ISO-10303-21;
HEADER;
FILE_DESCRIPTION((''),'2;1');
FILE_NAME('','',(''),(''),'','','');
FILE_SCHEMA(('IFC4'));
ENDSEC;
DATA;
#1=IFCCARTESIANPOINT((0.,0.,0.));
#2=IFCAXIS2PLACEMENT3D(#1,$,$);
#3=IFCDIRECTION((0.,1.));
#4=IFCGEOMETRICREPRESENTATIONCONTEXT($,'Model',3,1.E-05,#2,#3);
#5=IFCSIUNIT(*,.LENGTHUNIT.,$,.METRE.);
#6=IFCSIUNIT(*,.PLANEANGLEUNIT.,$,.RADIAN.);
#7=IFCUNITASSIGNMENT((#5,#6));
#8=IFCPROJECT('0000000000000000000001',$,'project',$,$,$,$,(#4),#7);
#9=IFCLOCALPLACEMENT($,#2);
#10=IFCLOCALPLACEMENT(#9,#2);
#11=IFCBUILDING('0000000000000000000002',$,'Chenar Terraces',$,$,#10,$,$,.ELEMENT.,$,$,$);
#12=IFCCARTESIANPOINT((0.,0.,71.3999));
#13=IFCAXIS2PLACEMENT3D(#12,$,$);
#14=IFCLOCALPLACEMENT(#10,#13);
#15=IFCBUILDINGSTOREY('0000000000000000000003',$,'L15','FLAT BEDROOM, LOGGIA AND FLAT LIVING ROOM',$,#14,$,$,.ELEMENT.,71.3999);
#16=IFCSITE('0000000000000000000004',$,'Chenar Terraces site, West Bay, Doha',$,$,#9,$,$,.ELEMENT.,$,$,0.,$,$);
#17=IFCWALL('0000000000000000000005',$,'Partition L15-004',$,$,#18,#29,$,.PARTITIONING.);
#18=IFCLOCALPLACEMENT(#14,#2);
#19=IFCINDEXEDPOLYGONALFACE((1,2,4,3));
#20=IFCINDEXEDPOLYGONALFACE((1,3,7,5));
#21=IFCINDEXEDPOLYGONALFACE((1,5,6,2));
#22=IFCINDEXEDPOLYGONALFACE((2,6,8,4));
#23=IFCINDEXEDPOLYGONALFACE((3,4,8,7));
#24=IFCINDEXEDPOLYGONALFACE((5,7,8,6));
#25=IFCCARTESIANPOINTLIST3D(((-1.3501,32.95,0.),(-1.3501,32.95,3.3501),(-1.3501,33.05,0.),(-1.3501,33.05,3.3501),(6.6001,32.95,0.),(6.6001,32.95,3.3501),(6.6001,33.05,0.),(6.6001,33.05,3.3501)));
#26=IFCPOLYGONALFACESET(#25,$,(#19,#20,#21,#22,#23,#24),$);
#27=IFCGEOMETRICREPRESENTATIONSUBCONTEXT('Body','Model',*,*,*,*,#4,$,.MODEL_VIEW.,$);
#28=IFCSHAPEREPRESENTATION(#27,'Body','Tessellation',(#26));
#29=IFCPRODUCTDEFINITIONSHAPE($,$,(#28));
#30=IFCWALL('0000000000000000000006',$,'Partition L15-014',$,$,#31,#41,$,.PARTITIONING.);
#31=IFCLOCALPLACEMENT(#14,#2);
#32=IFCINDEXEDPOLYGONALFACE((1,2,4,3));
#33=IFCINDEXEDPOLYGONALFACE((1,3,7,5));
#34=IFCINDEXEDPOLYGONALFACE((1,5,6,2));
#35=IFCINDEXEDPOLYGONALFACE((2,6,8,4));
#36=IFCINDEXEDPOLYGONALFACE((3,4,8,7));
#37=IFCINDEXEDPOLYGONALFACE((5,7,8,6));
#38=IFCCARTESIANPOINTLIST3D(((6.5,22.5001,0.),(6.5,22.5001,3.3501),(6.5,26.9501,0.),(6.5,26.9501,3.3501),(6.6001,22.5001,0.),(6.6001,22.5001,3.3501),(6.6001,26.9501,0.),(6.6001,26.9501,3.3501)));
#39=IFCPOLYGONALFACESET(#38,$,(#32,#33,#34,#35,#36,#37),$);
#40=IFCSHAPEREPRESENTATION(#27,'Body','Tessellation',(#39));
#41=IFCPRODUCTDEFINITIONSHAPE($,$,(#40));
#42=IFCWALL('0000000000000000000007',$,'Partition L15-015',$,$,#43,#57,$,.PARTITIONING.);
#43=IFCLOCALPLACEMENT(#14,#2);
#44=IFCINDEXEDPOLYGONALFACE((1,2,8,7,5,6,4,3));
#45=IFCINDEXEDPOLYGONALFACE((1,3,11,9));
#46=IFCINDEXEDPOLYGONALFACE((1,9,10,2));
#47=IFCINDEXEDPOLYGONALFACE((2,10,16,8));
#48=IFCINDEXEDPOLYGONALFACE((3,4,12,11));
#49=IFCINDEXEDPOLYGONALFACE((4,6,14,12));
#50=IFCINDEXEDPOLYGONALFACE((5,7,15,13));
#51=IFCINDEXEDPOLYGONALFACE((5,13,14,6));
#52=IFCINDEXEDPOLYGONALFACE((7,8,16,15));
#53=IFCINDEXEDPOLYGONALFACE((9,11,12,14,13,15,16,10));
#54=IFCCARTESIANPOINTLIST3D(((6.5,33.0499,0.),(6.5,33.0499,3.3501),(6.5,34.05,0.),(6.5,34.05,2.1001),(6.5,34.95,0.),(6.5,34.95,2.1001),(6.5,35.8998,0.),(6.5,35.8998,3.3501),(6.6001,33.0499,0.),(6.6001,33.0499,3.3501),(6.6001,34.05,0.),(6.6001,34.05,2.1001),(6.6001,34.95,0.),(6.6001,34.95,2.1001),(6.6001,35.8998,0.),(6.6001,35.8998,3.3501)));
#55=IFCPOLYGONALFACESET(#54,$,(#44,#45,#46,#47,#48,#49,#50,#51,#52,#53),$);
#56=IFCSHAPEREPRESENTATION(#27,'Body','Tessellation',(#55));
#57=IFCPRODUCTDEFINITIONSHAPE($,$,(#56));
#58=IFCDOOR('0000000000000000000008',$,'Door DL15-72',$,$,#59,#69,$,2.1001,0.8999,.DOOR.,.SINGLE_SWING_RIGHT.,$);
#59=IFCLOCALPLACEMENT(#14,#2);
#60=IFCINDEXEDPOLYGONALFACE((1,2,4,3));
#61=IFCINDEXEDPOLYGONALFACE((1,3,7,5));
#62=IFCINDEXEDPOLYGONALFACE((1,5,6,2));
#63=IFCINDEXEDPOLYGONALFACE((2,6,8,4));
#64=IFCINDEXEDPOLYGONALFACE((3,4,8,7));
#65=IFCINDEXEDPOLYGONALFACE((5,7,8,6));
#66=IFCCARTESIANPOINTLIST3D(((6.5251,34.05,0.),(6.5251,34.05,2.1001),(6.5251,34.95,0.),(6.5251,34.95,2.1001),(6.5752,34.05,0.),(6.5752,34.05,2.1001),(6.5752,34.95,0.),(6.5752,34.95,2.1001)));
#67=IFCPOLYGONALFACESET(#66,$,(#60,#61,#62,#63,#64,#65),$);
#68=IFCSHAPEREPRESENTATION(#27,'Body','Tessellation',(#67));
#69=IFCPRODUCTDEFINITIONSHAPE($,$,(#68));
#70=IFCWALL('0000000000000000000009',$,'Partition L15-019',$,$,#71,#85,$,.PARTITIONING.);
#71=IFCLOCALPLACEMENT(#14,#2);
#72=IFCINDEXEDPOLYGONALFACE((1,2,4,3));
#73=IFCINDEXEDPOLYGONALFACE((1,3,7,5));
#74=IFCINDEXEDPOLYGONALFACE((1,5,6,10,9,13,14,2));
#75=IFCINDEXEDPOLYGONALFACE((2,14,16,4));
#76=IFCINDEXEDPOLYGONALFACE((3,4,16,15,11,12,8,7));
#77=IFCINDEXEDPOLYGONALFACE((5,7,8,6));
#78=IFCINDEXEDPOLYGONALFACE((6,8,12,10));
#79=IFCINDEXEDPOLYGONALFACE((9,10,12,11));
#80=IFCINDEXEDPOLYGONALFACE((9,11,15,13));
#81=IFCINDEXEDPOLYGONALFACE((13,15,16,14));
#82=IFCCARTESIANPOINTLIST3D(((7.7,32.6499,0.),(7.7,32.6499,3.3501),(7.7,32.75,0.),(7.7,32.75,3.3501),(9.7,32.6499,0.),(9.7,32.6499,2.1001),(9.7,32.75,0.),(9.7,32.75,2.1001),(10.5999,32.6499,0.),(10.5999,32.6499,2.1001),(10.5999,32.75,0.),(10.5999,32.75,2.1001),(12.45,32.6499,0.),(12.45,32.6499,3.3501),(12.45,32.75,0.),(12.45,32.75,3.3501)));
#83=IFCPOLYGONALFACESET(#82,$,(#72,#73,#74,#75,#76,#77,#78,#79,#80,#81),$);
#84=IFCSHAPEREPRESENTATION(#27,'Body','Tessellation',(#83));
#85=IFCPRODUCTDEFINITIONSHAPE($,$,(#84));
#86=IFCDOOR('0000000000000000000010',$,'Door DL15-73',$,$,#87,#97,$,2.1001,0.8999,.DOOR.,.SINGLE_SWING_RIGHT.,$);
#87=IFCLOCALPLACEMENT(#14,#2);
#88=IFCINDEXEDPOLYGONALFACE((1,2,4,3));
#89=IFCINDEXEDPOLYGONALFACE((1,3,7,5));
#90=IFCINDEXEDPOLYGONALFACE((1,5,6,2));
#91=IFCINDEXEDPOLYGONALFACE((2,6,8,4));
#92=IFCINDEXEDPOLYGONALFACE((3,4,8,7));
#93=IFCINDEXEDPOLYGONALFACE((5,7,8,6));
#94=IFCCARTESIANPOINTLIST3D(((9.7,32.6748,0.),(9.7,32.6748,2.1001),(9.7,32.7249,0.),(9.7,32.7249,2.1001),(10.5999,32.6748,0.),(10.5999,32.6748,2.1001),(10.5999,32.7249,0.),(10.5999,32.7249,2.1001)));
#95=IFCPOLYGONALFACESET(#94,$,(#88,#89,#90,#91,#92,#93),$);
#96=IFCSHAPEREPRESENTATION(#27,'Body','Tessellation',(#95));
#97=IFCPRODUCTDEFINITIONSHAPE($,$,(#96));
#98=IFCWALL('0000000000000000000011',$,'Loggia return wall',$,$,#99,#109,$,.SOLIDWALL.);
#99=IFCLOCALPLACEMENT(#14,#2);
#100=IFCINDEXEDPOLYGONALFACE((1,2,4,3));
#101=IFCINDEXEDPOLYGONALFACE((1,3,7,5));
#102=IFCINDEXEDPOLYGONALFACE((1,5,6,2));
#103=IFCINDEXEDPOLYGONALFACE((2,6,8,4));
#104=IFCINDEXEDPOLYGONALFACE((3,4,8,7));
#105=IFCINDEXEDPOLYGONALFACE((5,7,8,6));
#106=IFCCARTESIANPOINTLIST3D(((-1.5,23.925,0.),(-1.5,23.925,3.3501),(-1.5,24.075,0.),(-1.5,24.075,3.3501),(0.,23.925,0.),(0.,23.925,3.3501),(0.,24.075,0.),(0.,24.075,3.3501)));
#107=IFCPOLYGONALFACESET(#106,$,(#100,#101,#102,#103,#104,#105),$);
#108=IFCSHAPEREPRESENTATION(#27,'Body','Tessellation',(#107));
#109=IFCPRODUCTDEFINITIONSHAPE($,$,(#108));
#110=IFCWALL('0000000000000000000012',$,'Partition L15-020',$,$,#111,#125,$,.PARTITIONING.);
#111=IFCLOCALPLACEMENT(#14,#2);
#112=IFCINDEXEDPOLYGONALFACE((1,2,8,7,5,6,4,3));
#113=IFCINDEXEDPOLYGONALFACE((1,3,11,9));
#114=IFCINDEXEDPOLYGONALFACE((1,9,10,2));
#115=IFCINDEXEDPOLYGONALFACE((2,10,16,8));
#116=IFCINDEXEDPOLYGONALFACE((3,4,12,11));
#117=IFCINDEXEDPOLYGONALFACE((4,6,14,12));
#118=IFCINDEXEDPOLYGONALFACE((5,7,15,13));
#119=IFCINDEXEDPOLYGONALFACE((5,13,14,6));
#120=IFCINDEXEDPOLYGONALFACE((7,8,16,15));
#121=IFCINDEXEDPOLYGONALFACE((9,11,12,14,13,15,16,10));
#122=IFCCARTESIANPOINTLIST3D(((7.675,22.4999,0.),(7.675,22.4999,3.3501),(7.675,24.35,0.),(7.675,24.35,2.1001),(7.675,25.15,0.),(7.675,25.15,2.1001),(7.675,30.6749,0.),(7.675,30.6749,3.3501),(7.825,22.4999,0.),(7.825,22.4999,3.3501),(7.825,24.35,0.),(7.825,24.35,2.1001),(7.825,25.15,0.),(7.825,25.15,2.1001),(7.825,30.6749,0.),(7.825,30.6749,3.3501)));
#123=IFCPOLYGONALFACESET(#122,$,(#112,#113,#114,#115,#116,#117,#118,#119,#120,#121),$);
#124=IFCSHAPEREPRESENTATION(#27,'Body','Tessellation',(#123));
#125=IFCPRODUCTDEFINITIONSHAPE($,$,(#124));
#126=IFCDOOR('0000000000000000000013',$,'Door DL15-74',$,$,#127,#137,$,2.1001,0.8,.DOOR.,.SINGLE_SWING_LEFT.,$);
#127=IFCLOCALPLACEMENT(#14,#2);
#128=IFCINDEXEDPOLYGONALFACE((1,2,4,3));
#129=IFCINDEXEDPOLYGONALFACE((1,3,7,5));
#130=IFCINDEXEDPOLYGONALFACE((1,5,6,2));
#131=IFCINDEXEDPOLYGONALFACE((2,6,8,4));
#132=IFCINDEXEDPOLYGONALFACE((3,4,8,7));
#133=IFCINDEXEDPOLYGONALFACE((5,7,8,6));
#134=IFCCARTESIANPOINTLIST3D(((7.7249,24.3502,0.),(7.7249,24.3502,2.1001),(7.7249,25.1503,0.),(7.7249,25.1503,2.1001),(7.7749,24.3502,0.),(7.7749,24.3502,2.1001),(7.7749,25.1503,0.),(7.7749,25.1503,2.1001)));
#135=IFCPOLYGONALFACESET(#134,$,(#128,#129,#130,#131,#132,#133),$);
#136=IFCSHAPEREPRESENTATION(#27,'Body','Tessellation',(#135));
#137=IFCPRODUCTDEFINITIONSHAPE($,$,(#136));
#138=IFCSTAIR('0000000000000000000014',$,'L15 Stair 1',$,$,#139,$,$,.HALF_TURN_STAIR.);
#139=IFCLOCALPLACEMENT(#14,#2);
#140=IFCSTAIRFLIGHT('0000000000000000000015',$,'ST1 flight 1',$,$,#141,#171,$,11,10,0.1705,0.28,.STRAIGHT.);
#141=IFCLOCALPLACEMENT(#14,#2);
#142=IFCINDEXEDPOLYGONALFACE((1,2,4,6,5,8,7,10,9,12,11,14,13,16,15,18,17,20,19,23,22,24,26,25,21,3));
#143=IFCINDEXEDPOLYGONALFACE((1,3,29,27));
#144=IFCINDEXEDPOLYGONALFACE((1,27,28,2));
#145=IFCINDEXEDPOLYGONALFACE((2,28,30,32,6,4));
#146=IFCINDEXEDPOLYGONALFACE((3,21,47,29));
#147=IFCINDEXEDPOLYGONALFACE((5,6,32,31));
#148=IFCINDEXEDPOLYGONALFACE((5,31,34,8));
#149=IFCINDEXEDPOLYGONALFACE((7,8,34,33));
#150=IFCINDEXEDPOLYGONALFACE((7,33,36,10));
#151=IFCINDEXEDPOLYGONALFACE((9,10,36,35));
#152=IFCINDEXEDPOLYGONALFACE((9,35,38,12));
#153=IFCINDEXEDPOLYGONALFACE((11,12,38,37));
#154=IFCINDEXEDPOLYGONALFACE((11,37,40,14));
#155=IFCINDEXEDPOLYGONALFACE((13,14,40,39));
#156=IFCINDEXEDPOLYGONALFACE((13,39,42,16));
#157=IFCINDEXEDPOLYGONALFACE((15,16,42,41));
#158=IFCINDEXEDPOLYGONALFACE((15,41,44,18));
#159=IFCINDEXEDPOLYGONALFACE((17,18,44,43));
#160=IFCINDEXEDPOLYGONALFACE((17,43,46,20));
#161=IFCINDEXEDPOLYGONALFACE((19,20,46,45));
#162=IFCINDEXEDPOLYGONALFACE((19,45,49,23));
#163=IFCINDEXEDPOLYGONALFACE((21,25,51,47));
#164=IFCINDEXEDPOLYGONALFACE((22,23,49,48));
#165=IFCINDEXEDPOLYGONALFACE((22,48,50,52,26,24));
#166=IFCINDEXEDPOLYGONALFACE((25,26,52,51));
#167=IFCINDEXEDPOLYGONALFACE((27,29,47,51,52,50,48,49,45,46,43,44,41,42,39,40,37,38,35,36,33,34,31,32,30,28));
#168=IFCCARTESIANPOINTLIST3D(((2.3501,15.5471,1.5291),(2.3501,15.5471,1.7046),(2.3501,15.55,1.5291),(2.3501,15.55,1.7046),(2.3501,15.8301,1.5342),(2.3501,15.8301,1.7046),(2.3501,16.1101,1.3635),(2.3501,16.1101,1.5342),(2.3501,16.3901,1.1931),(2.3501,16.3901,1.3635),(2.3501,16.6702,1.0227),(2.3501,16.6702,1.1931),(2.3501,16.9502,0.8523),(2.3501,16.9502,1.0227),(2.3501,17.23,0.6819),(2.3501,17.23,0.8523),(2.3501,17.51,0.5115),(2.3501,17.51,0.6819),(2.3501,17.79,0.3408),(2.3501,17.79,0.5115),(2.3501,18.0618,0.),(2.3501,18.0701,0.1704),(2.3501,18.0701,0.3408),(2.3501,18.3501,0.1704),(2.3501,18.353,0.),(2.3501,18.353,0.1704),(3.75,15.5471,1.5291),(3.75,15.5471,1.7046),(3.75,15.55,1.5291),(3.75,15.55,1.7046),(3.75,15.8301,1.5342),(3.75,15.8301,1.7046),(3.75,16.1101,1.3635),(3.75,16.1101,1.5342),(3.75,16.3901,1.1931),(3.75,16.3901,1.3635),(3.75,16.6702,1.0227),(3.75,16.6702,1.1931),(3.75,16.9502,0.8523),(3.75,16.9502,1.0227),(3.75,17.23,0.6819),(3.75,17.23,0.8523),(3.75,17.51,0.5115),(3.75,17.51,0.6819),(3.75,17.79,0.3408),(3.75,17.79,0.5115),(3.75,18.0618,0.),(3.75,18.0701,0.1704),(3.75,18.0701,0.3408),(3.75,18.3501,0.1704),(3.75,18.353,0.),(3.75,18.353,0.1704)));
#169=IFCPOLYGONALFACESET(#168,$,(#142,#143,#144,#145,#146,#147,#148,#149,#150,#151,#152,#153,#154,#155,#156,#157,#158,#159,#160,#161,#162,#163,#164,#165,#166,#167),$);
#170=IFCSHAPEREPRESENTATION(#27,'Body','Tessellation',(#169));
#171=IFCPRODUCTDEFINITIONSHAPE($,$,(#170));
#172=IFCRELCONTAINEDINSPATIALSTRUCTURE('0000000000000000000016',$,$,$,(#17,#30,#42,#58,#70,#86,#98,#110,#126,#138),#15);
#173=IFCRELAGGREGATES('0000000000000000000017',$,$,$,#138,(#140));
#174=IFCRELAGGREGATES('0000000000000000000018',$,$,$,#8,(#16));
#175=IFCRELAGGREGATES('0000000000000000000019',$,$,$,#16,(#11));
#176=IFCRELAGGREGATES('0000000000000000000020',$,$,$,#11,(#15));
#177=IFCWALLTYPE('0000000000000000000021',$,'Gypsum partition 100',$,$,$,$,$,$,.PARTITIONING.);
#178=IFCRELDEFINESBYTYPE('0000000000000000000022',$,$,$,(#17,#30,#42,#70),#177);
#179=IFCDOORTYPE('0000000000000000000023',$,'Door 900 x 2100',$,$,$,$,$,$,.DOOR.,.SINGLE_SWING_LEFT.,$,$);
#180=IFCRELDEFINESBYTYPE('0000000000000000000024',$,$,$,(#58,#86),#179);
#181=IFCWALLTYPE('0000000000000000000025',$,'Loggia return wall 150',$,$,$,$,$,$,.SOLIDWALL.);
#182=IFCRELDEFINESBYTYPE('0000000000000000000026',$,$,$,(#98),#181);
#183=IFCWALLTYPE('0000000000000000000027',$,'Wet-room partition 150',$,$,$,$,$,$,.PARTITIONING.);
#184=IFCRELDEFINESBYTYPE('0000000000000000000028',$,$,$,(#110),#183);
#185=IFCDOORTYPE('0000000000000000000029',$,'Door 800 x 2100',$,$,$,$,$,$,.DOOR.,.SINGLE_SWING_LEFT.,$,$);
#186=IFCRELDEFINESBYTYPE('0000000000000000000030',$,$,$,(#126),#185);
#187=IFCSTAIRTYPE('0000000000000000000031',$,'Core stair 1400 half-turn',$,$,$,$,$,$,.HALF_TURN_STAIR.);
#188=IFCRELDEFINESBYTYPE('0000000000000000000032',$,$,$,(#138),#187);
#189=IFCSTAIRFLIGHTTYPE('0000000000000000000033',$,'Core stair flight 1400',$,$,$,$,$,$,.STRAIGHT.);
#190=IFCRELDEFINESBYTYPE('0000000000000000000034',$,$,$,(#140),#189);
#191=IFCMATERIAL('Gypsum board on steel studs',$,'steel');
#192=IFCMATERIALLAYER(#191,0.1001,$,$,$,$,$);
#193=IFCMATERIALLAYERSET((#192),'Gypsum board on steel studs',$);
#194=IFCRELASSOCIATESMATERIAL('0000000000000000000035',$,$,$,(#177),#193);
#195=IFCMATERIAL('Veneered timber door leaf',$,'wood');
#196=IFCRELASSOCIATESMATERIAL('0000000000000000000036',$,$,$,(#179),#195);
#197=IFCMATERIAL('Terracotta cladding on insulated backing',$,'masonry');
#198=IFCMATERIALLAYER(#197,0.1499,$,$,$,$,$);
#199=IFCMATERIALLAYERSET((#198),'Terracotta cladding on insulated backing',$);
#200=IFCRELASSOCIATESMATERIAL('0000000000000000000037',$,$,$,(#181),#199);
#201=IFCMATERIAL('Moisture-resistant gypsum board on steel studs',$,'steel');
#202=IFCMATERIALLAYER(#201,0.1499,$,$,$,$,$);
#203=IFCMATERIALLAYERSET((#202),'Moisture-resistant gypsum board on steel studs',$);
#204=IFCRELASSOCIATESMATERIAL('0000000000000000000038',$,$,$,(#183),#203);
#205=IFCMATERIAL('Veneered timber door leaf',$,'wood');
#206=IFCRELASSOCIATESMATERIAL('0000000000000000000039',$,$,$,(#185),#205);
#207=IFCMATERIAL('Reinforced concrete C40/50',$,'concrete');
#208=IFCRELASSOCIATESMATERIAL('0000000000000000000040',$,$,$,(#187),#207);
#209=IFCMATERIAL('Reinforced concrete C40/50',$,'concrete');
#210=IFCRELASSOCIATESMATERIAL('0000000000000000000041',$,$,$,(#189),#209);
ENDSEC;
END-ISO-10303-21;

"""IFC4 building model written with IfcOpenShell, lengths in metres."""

from ifc_helpers import new_model, si_unit, direction, frame, frame_2d, origin, place, context, subcontext, project, spatial, polyline, rectangle, outline, extrude, material, layer, layer_set, type_object, element, fill, aggregate, save


model = new_model("IFC4")

# Units and contexts
model_context = context("Model", 3, precision=1e-05, world=origin(), true_north=direction((0.0, 1.0)))
body_context = subcontext(model_context, "Body", "Model", "MODEL_VIEW")
ifc_project = project(units=[si_unit("LENGTHUNIT", "METRE"), si_unit("PLANEANGLEUNIT", "RADIAN")], contexts=[model_context])

# Site, building, storey
site_placement = place(None, origin())
site = spatial("IfcSite", under=ifc_project, at=site_placement, Name="Chenar Terraces site, West Bay, Doha", CompositionType="ELEMENT", RefElevation=0.0)
building_placement = place(site_placement, origin())
building = spatial("IfcBuilding", under=site, at=building_placement, Name="Chenar Terraces", CompositionType="ELEMENT")
storey_placement = place(building_placement, frame((0.0, 0.0, 71.3999)))
storey = spatial("IfcBuildingStorey", under=building, at=storey_placement, Name="L15", Description="FLAT BEDROOM, LOGGIA AND FLAT LIVING ROOM", CompositionType="ELEMENT", Elevation=71.3999)

# Shared definitions
ifc_material_1 = material(Name="Gypsum board on steel studs", Category="steel")
ifc_layer_1 = layer(ifc_material_1, 0.1001)
ifc_layer_set_1 = layer_set([ifc_layer_1], Name="Gypsum board on steel studs")
wall_type_1 = type_object("IfcWallType", Name="Gypsum partition 100", PredefinedType="PARTITIONING", material=ifc_layer_set_1)
ifc_material_2 = material(Name="Veneered timber door leaf", Category="wood")
door_type_1 = type_object("IfcDoorType", Name="Door 900 x 2100", OperationType="SINGLE_SWING_LEFT", PredefinedType="DOOR", material=ifc_material_2)

# Walls
wall_1_placement = place(storey_placement, frame((-1.3501, 33.0, 0.0), z_axis=(0.0, 0.0, 1.0), x_axis=(1.0, 0.0, 0.0)))
element("IfcWall", 1, at=wall_1_placement, inside=storey, type_object=wall_type_1, Name="Partition L15-004", PredefinedType="PARTITIONING", context=body_context, shape_type="SweptSolid", body=[
    extrude(rectangle(XDim=7.9502, YDim=0.1001, at=frame_2d((3.9751, 0.0))), origin(), (0.0, 0.0, 1.0), 3.3501),
])
wall_2_placement = place(storey_placement, frame((6.55, 22.5, 0.0), z_axis=(0.0, 0.0, 1.0), x_axis=(0.0, 1.0, 0.0)))
element("IfcWall", 2, at=wall_2_placement, inside=storey, type_object=wall_type_1, Name="Partition L15-014", PredefinedType="PARTITIONING", context=body_context, shape_type="SweptSolid", body=[
    extrude(rectangle(XDim=4.45, YDim=0.1001, at=frame_2d((2.2251, 0.0))), origin(), (0.0, 0.0, 1.0), 3.3501),
])

# Walls, openings, doors
wall_3_placement = place(storey_placement, frame((6.55, 33.05, 0.0), z_axis=(0.0, 0.0, 1.0), x_axis=(0.0, 1.0, 0.0)))
wall_3 = element("IfcWall", 3, at=wall_3_placement, inside=storey, type_object=wall_type_1, Name="Partition L15-015", PredefinedType="PARTITIONING", context=body_context, shape_type="SweptSolid", body=[
    extrude(rectangle(XDim=2.8499, YDim=0.1001, at=frame_2d((1.4248, 0.0))), origin(), (0.0, 0.0, 1.0), 3.3501),
])
opening_1_placement = place(wall_3_placement, frame((1.0, 0.0, 0.0)))
opening_1 = element("IfcOpeningElement", 4, at=opening_1_placement, cuts=wall_3, PredefinedType="OPENING", context=body_context, shape_type="SweptSolid", body=[
    extrude(rectangle(XDim=0.8999, YDim=2.1001, at=frame_2d((0.45, 1.05))), frame((0.0, 0.0601, 0.0), z_axis=(0.0, -1.0, 0.0), x_axis=(1.0, 0.0, 0.0)), (0.0, 0.0, 1.0), 0.1201),
])
door_1_placement = place(opening_1_placement, origin())
door_1 = element("IfcDoor", 5, at=door_1_placement, inside=storey, type_object=door_type_1, Name="Door DL15-72", OperationType="SINGLE_SWING_RIGHT", OverallHeight=2.1001, OverallWidth=0.8999, PredefinedType="DOOR", context=body_context, shape_type="SweptSolid", body=[
    extrude(rectangle(XDim=0.8999, YDim=2.1001, at=frame_2d((0.45, 1.05))), frame((0.0, 0.0249, 0.0), z_axis=(0.0, -1.0, 0.0), x_axis=(1.0, 0.0, 0.0)), (0.0, 0.0, 1.0), 0.05),
])
fill(opening_1, door_1)
wall_4_placement = place(storey_placement, frame((7.7, 32.7, 0.0), z_axis=(0.0, 0.0, 1.0), x_axis=(1.0, 0.0, 0.0)))
wall_4 = element("IfcWall", 6, at=wall_4_placement, inside=storey, type_object=wall_type_1, Name="Partition L15-019", PredefinedType="PARTITIONING", context=body_context, shape_type="SweptSolid", body=[
    extrude(rectangle(XDim=4.75, YDim=0.1001, at=frame_2d((2.375, 0.0))), origin(), (0.0, 0.0, 1.0), 3.3501),
])
opening_2_placement = place(wall_4_placement, frame((2.0, 0.0, 0.0)))
opening_2 = element("IfcOpeningElement", 7, at=opening_2_placement, cuts=wall_4, PredefinedType="OPENING", context=body_context, shape_type="SweptSolid", body=[
    extrude(rectangle(XDim=0.8999, YDim=2.1001, at=frame_2d((0.45, 1.05))), frame((0.0, 0.0601, 0.0), z_axis=(0.0, -1.0, 0.0), x_axis=(1.0, 0.0, 0.0)), (0.0, 0.0, 1.0), 0.1201),
])
door_2_placement = place(opening_2_placement, origin())
door_2 = element("IfcDoor", 8, at=door_2_placement, inside=storey, type_object=door_type_1, Name="Door DL15-73", OperationType="SINGLE_SWING_RIGHT", OverallHeight=2.1001, OverallWidth=0.8999, PredefinedType="DOOR", context=body_context, shape_type="SweptSolid", body=[
    extrude(rectangle(XDim=0.8999, YDim=2.1001, at=frame_2d((0.45, 1.05))), frame((0.0, 0.0249, 0.0), z_axis=(0.0, -1.0, 0.0), x_axis=(1.0, 0.0, 0.0)), (0.0, 0.0, 1.0), 0.05),
])
fill(opening_2, door_2)

# Wall
ifc_material_3 = material(Name="Terracotta cladding on insulated backing", Category="masonry")
ifc_layer_2 = layer(ifc_material_3, 0.1499)
ifc_layer_set_2 = layer_set([ifc_layer_2], Name="Terracotta cladding on insulated backing")
wall_type_2 = type_object("IfcWallType", Name="Loggia return wall 150", PredefinedType="SOLIDWALL", material=ifc_layer_set_2)
wall_5_placement = place(storey_placement, frame((-1.5, 24.0, 0.0), z_axis=(0.0, 0.0, 1.0), x_axis=(1.0, 0.0, 0.0)))
element("IfcWall", 9, at=wall_5_placement, inside=storey, type_object=wall_type_2, Name="Loggia return wall", PredefinedType="SOLIDWALL", context=body_context, shape_type="SweptSolid", body=[
    extrude(rectangle(XDim=1.5, YDim=0.1499, at=frame_2d((0.75, 0.0))), origin(), (0.0, 0.0, 1.0), 3.3501),
])

# Wall, opening, door
ifc_material_4 = material(Name="Moisture-resistant gypsum board on steel studs", Category="steel")
ifc_layer_3 = layer(ifc_material_4, 0.1499)
ifc_layer_set_3 = layer_set([ifc_layer_3], Name="Moisture-resistant gypsum board on steel studs")
wall_type_3 = type_object("IfcWallType", Name="Wet-room partition 150", PredefinedType="PARTITIONING", material=ifc_layer_set_3)
wall_6_placement = place(storey_placement, frame((7.75, 22.5, 0.0), z_axis=(0.0, 0.0, 1.0), x_axis=(0.0, 1.0, 0.0)))
wall_6 = element("IfcWall", 10, at=wall_6_placement, inside=storey, type_object=wall_type_3, Name="Partition L15-020", PredefinedType="PARTITIONING", context=body_context, shape_type="SweptSolid", body=[
    extrude(rectangle(XDim=8.175, YDim=0.1499, at=frame_2d((4.0874, 0.0))), origin(), (0.0, 0.0, 1.0), 3.3501),
])
opening_3_placement = place(wall_6_placement, frame((1.8501, 0.0, 0.0)))
opening_3 = element("IfcOpeningElement", 11, at=opening_3_placement, cuts=wall_6, PredefinedType="OPENING", context=body_context, shape_type="SweptSolid", body=[
    extrude(rectangle(XDim=0.8, YDim=2.1001, at=frame_2d((0.3999, 1.05))), frame((0.0, 0.085, 0.0), z_axis=(0.0, -1.0, 0.0), x_axis=(1.0, 0.0, 0.0)), (0.0, 0.0, 1.0), 0.1699),
])
ifc_material_5 = material(Name="Veneered timber door leaf", Category="wood")
door_type_2 = type_object("IfcDoorType", Name="Door 800 x 2100", OperationType="SINGLE_SWING_LEFT", PredefinedType="DOOR", material=ifc_material_5)
door_3_placement = place(opening_3_placement, frame((0.8, 0.0, 0.0), z_axis=(0.0, 0.0, 1.0), x_axis=(-1.0, 0.0, 0.0)))
door_3 = element("IfcDoor", 12, at=door_3_placement, inside=storey, type_object=door_type_2, Name="Door DL15-74", OperationType="SINGLE_SWING_LEFT", OverallHeight=2.1001, OverallWidth=0.8, PredefinedType="DOOR", context=body_context, shape_type="SweptSolid", body=[
    extrude(rectangle(XDim=0.8, YDim=2.1001, at=frame_2d((0.3999, 1.05))), frame((0.0, 0.0249, 0.0), z_axis=(0.0, -1.0, 0.0), x_axis=(1.0, 0.0, 0.0)), (0.0, 0.0, 1.0), 0.05),
])
fill(opening_3, door_3)

# Stair, stair flight
ifc_material_6 = material(Name="Reinforced concrete C40/50", Category="concrete")
stair_type = type_object("IfcStairType", Name="Core stair 1400 half-turn", PredefinedType="HALF_TURN_STAIR", material=ifc_material_6)
stair_placement = place(storey_placement, origin())
stair = element("IfcStair", 13, at=stair_placement, inside=storey, type_object=stair_type, Name="L15 Stair 1", PredefinedType="HALF_TURN_STAIR")
ifc_material_7 = material(Name="Reinforced concrete C40/50", Category="concrete")
stair_flight_type = type_object("IfcStairFlightType", Name="Core stair flight 1400", PredefinedType="STRAIGHT", material=ifc_material_7)
stair_flight_1_placement = place(storey_placement, frame((3.05, 18.3501, 0.0), z_axis=(0.0, 0.0, 1.0), x_axis=(0.0, -1.0, 0.0)))
stair_flight_1 = element("IfcStairFlight", 14, at=stair_flight_1_placement, type_object=stair_flight_type, Name="ST1 flight 1", NumberOfRisers=11, NumberOfTreads=10, PredefinedType="STRAIGHT", RiserHeight=0.1705, TreadLength=0.28, context=body_context, shape_type="SweptSolid", body=[
    extrude(outline(polyline([(-0.0029, 0.0), (-0.0029, 0.1704), (0.0, 0.1704), (0.28, 0.1704), (0.28, 0.3408), (0.5601, 0.3408), (0.5601, 0.5115), (0.8401, 0.5115), (0.8401, 0.6819), (1.1201, 0.6819), (1.1201, 0.8523), (1.3999, 0.8523), (1.3999, 1.0227), (1.6799, 1.0227), (1.6799, 1.1931), (1.96, 1.1931), (1.96, 1.3635), (2.24, 1.3635), (2.24, 1.5342), (2.52, 1.5342), (2.52, 1.7046), (2.8, 1.7046), (2.803, 1.7046), (2.803, 1.5291), (2.8, 1.5291), (0.2883, 0.0), (-0.0029, 0.0)])), frame((0.0, 0.7, 0.0), z_axis=(0.0, -1.0, 0.0), x_axis=(1.0, 0.0, 0.0)), (0.0, 0.0, 1.0), 1.3999),
])
aggregate(stair, [stair_flight_1])

save(model, "model.ifc")
